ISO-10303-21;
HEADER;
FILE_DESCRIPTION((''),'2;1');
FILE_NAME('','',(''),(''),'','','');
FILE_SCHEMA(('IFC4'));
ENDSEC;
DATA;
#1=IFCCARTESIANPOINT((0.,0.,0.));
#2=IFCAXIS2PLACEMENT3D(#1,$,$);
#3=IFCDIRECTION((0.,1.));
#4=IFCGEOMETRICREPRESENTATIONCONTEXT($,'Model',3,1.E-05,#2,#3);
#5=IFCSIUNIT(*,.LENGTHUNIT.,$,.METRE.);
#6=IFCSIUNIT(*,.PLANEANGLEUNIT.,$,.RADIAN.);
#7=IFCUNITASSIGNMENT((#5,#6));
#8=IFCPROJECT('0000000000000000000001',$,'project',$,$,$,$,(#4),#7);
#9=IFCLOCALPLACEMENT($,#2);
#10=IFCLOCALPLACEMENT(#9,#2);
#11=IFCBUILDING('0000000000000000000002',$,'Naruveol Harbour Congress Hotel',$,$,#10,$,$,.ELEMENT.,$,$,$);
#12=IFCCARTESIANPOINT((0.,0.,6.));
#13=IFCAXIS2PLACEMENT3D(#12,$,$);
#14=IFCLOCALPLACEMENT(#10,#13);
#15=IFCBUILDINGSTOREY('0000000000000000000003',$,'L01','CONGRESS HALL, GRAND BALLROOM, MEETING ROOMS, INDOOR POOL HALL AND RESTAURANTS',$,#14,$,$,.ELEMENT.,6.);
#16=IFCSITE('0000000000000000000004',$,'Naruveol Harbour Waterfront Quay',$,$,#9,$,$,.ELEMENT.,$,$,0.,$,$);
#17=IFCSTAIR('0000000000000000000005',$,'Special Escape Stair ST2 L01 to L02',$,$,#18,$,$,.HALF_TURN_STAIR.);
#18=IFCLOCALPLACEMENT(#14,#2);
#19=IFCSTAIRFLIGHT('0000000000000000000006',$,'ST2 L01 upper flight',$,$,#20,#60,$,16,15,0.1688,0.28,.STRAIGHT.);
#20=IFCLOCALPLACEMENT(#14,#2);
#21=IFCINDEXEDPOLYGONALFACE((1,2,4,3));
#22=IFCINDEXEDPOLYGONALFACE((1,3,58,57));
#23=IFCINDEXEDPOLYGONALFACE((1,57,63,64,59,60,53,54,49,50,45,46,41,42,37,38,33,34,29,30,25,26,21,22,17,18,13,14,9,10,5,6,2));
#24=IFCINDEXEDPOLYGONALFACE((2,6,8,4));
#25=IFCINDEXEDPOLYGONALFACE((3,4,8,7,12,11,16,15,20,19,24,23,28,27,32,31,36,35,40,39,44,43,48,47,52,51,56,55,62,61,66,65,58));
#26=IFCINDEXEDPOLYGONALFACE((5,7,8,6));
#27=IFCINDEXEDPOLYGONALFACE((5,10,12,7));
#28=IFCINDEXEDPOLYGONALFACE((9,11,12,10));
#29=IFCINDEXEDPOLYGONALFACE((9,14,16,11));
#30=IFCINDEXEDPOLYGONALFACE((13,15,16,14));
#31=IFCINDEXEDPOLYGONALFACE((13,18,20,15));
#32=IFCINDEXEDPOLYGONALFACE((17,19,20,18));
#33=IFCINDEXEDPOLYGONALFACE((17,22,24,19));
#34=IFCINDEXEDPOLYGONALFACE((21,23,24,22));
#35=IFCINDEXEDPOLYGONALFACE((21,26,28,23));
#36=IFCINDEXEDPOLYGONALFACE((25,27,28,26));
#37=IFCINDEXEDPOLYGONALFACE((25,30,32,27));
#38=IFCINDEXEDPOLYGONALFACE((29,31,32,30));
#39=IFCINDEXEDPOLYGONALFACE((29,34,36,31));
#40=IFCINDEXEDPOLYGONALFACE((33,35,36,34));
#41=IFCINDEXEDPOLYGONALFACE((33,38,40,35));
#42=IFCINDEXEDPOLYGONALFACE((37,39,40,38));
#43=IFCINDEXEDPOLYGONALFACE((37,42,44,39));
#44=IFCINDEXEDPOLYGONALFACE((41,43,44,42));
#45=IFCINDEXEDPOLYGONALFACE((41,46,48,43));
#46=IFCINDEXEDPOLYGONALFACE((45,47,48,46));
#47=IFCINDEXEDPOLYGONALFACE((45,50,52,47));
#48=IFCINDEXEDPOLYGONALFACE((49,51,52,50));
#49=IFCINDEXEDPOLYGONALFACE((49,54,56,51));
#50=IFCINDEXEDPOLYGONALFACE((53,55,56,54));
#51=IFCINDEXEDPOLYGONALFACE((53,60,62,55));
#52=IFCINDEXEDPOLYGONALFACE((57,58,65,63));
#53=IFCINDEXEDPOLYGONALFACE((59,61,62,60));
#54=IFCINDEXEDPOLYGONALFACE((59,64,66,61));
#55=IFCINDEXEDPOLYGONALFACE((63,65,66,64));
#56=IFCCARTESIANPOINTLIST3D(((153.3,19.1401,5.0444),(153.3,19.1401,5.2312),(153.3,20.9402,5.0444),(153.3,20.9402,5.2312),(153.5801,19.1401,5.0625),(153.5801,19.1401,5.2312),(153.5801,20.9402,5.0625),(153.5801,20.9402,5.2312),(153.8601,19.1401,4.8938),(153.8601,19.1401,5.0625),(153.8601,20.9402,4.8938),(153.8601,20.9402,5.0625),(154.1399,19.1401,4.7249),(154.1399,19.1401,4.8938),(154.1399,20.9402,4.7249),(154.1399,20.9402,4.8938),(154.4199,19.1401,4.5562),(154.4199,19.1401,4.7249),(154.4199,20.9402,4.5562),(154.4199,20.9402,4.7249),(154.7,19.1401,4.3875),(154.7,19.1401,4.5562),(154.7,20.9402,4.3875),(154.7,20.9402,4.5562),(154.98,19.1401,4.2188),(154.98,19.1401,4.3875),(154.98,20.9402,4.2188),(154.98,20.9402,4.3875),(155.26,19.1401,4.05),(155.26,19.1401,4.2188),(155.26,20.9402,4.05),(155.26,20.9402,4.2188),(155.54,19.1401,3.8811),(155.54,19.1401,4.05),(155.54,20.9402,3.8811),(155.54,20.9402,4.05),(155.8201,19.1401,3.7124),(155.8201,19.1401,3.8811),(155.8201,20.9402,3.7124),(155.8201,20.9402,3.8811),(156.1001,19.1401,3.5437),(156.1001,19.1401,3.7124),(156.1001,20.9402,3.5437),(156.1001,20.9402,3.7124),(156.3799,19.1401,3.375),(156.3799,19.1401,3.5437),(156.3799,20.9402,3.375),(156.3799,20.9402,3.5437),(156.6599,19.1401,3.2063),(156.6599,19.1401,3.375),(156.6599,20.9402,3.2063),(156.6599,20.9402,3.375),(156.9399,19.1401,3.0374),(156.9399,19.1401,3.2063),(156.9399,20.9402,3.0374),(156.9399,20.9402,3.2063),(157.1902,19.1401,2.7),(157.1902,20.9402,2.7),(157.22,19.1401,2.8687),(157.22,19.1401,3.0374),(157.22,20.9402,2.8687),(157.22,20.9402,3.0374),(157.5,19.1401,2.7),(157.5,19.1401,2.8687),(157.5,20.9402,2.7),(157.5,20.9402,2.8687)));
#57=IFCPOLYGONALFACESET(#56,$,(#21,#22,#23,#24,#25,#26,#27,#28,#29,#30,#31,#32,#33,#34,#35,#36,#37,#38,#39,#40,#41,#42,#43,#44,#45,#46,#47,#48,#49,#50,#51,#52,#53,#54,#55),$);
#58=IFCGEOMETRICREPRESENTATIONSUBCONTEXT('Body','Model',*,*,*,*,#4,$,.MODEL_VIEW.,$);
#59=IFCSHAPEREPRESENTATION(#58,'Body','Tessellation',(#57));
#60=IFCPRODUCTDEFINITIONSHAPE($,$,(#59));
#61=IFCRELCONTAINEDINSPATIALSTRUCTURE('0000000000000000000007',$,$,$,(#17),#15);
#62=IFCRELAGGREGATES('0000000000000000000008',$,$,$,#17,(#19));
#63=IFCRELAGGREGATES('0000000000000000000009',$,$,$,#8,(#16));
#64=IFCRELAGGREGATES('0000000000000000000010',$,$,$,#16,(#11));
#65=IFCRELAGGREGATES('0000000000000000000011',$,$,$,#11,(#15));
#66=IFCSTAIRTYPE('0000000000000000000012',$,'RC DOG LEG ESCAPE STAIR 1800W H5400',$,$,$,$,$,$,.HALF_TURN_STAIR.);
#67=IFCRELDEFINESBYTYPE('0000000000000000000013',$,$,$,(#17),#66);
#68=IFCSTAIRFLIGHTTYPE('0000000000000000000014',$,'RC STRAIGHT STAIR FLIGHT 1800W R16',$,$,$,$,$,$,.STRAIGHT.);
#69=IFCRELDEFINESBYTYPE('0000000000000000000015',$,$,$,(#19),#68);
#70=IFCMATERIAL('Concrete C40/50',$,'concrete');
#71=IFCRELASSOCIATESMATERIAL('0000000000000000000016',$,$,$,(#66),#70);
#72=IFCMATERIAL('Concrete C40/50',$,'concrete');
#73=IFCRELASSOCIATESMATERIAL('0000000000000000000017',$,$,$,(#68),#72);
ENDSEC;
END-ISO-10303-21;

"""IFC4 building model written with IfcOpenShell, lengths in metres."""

from ifc_helpers import new_model, si_unit, direction, frame, origin, place, context, subcontext, project, spatial, polyline, outline, extrude, material, type_object, element, aggregate, save


model = new_model("IFC4")

# Units and contexts
model_context = context("Model", 3, precision=1e-05, world=origin(), true_north=direction((0.0, 1.0)))
body_context = subcontext(model_context, "Body", "Model", "MODEL_VIEW")
ifc_project = project(units=[si_unit("LENGTHUNIT", "METRE"), si_unit("PLANEANGLEUNIT", "RADIAN")], contexts=[model_context])

# Site, building, storey
site_placement = place(None, origin())
site = spatial("IfcSite", under=ifc_project, at=site_placement, Name="Naruveol Harbour Waterfront Quay", CompositionType="ELEMENT", RefElevation=0.0)
building_placement = place(site_placement, origin())
building = spatial("IfcBuilding", under=site, at=building_placement, Name="Naruveol Harbour Congress Hotel", CompositionType="ELEMENT")
storey_placement = place(building_placement, frame((0.0, 0.0, 6.0)))
storey = spatial("IfcBuildingStorey", under=building, at=storey_placement, Name="L01", Description="CONGRESS HALL, GRAND BALLROOM, MEETING ROOMS, INDOOR POOL HALL AND RESTAURANTS", CompositionType="ELEMENT", Elevation=6.0)

# Stair, stair flight
ifc_material_1 = material(Name="Concrete C40/50", Category="concrete")
stair_type = type_object("IfcStairType", Name="RC DOG LEG ESCAPE STAIR 1800W H5400", PredefinedType="HALF_TURN_STAIR", material=ifc_material_1)
stair_placement = place(storey_placement, origin())
stair = element("IfcStair", 1, at=stair_placement, inside=storey, type_object=stair_type, Name="Special Escape Stair ST2 L01 to L02", PredefinedType="HALF_TURN_STAIR")
ifc_material_2 = material(Name="Concrete C40/50", Category="concrete")
stair_flight_type = type_object("IfcStairFlightType", Name="RC STRAIGHT STAIR FLIGHT 1800W R16", PredefinedType="STRAIGHT", material=ifc_material_2)
stair_flight_placement = place(storey_placement, frame((157.5, 20.04, 2.7), z_axis=(0.0, 0.0, 1.0), x_axis=(-1.0, 0.0, 0.0)))
stair_flight = element("IfcStairFlight", 2, at=stair_flight_placement, type_object=stair_flight_type, Name="ST2 L01 upper flight", NumberOfRisers=16, NumberOfTreads=15, PredefinedType="STRAIGHT", RiserHeight=0.1688, TreadLength=0.28, context=body_context, shape_type="SweptSolid", body=[
    extrude(outline(polyline([(0.0, 0.0), (0.0, 0.1687), (0.28, 0.1687), (0.28, 0.3374), (0.5601, 0.3374), (0.5601, 0.5063), (0.8401, 0.5063), (0.8401, 0.675), (1.1201, 0.675), (1.1201, 0.8438), (1.3999, 0.8438), (1.3999, 1.0125), (1.6799, 1.0125), (1.6799, 1.1812), (1.96, 1.1812), (1.96, 1.3501), (2.24, 1.3501), (2.24, 1.5188), (2.52, 1.5188), (2.52, 1.6875), (2.8, 1.6875), (2.8, 1.8562), (3.0801, 1.8562), (3.0801, 2.0249), (3.3601, 2.0249), (3.3601, 2.1938), (3.6399, 2.1938), (3.6399, 2.3625), (3.9199, 2.3625), (3.9199, 2.5312), (4.2, 2.5312), (4.2, 2.7), (4.2, 2.3445), (0.3098, 0.0), (0.0, 0.0)])), frame((0.0, 0.8999, 0.0), z_axis=(0.0, -1.0, 0.0), x_axis=(1.0, 0.0, 0.0)), (0.0, 0.0, 1.0), 1.8),
])
aggregate(stair, [stair_flight])

save(model, "model.ifc")
